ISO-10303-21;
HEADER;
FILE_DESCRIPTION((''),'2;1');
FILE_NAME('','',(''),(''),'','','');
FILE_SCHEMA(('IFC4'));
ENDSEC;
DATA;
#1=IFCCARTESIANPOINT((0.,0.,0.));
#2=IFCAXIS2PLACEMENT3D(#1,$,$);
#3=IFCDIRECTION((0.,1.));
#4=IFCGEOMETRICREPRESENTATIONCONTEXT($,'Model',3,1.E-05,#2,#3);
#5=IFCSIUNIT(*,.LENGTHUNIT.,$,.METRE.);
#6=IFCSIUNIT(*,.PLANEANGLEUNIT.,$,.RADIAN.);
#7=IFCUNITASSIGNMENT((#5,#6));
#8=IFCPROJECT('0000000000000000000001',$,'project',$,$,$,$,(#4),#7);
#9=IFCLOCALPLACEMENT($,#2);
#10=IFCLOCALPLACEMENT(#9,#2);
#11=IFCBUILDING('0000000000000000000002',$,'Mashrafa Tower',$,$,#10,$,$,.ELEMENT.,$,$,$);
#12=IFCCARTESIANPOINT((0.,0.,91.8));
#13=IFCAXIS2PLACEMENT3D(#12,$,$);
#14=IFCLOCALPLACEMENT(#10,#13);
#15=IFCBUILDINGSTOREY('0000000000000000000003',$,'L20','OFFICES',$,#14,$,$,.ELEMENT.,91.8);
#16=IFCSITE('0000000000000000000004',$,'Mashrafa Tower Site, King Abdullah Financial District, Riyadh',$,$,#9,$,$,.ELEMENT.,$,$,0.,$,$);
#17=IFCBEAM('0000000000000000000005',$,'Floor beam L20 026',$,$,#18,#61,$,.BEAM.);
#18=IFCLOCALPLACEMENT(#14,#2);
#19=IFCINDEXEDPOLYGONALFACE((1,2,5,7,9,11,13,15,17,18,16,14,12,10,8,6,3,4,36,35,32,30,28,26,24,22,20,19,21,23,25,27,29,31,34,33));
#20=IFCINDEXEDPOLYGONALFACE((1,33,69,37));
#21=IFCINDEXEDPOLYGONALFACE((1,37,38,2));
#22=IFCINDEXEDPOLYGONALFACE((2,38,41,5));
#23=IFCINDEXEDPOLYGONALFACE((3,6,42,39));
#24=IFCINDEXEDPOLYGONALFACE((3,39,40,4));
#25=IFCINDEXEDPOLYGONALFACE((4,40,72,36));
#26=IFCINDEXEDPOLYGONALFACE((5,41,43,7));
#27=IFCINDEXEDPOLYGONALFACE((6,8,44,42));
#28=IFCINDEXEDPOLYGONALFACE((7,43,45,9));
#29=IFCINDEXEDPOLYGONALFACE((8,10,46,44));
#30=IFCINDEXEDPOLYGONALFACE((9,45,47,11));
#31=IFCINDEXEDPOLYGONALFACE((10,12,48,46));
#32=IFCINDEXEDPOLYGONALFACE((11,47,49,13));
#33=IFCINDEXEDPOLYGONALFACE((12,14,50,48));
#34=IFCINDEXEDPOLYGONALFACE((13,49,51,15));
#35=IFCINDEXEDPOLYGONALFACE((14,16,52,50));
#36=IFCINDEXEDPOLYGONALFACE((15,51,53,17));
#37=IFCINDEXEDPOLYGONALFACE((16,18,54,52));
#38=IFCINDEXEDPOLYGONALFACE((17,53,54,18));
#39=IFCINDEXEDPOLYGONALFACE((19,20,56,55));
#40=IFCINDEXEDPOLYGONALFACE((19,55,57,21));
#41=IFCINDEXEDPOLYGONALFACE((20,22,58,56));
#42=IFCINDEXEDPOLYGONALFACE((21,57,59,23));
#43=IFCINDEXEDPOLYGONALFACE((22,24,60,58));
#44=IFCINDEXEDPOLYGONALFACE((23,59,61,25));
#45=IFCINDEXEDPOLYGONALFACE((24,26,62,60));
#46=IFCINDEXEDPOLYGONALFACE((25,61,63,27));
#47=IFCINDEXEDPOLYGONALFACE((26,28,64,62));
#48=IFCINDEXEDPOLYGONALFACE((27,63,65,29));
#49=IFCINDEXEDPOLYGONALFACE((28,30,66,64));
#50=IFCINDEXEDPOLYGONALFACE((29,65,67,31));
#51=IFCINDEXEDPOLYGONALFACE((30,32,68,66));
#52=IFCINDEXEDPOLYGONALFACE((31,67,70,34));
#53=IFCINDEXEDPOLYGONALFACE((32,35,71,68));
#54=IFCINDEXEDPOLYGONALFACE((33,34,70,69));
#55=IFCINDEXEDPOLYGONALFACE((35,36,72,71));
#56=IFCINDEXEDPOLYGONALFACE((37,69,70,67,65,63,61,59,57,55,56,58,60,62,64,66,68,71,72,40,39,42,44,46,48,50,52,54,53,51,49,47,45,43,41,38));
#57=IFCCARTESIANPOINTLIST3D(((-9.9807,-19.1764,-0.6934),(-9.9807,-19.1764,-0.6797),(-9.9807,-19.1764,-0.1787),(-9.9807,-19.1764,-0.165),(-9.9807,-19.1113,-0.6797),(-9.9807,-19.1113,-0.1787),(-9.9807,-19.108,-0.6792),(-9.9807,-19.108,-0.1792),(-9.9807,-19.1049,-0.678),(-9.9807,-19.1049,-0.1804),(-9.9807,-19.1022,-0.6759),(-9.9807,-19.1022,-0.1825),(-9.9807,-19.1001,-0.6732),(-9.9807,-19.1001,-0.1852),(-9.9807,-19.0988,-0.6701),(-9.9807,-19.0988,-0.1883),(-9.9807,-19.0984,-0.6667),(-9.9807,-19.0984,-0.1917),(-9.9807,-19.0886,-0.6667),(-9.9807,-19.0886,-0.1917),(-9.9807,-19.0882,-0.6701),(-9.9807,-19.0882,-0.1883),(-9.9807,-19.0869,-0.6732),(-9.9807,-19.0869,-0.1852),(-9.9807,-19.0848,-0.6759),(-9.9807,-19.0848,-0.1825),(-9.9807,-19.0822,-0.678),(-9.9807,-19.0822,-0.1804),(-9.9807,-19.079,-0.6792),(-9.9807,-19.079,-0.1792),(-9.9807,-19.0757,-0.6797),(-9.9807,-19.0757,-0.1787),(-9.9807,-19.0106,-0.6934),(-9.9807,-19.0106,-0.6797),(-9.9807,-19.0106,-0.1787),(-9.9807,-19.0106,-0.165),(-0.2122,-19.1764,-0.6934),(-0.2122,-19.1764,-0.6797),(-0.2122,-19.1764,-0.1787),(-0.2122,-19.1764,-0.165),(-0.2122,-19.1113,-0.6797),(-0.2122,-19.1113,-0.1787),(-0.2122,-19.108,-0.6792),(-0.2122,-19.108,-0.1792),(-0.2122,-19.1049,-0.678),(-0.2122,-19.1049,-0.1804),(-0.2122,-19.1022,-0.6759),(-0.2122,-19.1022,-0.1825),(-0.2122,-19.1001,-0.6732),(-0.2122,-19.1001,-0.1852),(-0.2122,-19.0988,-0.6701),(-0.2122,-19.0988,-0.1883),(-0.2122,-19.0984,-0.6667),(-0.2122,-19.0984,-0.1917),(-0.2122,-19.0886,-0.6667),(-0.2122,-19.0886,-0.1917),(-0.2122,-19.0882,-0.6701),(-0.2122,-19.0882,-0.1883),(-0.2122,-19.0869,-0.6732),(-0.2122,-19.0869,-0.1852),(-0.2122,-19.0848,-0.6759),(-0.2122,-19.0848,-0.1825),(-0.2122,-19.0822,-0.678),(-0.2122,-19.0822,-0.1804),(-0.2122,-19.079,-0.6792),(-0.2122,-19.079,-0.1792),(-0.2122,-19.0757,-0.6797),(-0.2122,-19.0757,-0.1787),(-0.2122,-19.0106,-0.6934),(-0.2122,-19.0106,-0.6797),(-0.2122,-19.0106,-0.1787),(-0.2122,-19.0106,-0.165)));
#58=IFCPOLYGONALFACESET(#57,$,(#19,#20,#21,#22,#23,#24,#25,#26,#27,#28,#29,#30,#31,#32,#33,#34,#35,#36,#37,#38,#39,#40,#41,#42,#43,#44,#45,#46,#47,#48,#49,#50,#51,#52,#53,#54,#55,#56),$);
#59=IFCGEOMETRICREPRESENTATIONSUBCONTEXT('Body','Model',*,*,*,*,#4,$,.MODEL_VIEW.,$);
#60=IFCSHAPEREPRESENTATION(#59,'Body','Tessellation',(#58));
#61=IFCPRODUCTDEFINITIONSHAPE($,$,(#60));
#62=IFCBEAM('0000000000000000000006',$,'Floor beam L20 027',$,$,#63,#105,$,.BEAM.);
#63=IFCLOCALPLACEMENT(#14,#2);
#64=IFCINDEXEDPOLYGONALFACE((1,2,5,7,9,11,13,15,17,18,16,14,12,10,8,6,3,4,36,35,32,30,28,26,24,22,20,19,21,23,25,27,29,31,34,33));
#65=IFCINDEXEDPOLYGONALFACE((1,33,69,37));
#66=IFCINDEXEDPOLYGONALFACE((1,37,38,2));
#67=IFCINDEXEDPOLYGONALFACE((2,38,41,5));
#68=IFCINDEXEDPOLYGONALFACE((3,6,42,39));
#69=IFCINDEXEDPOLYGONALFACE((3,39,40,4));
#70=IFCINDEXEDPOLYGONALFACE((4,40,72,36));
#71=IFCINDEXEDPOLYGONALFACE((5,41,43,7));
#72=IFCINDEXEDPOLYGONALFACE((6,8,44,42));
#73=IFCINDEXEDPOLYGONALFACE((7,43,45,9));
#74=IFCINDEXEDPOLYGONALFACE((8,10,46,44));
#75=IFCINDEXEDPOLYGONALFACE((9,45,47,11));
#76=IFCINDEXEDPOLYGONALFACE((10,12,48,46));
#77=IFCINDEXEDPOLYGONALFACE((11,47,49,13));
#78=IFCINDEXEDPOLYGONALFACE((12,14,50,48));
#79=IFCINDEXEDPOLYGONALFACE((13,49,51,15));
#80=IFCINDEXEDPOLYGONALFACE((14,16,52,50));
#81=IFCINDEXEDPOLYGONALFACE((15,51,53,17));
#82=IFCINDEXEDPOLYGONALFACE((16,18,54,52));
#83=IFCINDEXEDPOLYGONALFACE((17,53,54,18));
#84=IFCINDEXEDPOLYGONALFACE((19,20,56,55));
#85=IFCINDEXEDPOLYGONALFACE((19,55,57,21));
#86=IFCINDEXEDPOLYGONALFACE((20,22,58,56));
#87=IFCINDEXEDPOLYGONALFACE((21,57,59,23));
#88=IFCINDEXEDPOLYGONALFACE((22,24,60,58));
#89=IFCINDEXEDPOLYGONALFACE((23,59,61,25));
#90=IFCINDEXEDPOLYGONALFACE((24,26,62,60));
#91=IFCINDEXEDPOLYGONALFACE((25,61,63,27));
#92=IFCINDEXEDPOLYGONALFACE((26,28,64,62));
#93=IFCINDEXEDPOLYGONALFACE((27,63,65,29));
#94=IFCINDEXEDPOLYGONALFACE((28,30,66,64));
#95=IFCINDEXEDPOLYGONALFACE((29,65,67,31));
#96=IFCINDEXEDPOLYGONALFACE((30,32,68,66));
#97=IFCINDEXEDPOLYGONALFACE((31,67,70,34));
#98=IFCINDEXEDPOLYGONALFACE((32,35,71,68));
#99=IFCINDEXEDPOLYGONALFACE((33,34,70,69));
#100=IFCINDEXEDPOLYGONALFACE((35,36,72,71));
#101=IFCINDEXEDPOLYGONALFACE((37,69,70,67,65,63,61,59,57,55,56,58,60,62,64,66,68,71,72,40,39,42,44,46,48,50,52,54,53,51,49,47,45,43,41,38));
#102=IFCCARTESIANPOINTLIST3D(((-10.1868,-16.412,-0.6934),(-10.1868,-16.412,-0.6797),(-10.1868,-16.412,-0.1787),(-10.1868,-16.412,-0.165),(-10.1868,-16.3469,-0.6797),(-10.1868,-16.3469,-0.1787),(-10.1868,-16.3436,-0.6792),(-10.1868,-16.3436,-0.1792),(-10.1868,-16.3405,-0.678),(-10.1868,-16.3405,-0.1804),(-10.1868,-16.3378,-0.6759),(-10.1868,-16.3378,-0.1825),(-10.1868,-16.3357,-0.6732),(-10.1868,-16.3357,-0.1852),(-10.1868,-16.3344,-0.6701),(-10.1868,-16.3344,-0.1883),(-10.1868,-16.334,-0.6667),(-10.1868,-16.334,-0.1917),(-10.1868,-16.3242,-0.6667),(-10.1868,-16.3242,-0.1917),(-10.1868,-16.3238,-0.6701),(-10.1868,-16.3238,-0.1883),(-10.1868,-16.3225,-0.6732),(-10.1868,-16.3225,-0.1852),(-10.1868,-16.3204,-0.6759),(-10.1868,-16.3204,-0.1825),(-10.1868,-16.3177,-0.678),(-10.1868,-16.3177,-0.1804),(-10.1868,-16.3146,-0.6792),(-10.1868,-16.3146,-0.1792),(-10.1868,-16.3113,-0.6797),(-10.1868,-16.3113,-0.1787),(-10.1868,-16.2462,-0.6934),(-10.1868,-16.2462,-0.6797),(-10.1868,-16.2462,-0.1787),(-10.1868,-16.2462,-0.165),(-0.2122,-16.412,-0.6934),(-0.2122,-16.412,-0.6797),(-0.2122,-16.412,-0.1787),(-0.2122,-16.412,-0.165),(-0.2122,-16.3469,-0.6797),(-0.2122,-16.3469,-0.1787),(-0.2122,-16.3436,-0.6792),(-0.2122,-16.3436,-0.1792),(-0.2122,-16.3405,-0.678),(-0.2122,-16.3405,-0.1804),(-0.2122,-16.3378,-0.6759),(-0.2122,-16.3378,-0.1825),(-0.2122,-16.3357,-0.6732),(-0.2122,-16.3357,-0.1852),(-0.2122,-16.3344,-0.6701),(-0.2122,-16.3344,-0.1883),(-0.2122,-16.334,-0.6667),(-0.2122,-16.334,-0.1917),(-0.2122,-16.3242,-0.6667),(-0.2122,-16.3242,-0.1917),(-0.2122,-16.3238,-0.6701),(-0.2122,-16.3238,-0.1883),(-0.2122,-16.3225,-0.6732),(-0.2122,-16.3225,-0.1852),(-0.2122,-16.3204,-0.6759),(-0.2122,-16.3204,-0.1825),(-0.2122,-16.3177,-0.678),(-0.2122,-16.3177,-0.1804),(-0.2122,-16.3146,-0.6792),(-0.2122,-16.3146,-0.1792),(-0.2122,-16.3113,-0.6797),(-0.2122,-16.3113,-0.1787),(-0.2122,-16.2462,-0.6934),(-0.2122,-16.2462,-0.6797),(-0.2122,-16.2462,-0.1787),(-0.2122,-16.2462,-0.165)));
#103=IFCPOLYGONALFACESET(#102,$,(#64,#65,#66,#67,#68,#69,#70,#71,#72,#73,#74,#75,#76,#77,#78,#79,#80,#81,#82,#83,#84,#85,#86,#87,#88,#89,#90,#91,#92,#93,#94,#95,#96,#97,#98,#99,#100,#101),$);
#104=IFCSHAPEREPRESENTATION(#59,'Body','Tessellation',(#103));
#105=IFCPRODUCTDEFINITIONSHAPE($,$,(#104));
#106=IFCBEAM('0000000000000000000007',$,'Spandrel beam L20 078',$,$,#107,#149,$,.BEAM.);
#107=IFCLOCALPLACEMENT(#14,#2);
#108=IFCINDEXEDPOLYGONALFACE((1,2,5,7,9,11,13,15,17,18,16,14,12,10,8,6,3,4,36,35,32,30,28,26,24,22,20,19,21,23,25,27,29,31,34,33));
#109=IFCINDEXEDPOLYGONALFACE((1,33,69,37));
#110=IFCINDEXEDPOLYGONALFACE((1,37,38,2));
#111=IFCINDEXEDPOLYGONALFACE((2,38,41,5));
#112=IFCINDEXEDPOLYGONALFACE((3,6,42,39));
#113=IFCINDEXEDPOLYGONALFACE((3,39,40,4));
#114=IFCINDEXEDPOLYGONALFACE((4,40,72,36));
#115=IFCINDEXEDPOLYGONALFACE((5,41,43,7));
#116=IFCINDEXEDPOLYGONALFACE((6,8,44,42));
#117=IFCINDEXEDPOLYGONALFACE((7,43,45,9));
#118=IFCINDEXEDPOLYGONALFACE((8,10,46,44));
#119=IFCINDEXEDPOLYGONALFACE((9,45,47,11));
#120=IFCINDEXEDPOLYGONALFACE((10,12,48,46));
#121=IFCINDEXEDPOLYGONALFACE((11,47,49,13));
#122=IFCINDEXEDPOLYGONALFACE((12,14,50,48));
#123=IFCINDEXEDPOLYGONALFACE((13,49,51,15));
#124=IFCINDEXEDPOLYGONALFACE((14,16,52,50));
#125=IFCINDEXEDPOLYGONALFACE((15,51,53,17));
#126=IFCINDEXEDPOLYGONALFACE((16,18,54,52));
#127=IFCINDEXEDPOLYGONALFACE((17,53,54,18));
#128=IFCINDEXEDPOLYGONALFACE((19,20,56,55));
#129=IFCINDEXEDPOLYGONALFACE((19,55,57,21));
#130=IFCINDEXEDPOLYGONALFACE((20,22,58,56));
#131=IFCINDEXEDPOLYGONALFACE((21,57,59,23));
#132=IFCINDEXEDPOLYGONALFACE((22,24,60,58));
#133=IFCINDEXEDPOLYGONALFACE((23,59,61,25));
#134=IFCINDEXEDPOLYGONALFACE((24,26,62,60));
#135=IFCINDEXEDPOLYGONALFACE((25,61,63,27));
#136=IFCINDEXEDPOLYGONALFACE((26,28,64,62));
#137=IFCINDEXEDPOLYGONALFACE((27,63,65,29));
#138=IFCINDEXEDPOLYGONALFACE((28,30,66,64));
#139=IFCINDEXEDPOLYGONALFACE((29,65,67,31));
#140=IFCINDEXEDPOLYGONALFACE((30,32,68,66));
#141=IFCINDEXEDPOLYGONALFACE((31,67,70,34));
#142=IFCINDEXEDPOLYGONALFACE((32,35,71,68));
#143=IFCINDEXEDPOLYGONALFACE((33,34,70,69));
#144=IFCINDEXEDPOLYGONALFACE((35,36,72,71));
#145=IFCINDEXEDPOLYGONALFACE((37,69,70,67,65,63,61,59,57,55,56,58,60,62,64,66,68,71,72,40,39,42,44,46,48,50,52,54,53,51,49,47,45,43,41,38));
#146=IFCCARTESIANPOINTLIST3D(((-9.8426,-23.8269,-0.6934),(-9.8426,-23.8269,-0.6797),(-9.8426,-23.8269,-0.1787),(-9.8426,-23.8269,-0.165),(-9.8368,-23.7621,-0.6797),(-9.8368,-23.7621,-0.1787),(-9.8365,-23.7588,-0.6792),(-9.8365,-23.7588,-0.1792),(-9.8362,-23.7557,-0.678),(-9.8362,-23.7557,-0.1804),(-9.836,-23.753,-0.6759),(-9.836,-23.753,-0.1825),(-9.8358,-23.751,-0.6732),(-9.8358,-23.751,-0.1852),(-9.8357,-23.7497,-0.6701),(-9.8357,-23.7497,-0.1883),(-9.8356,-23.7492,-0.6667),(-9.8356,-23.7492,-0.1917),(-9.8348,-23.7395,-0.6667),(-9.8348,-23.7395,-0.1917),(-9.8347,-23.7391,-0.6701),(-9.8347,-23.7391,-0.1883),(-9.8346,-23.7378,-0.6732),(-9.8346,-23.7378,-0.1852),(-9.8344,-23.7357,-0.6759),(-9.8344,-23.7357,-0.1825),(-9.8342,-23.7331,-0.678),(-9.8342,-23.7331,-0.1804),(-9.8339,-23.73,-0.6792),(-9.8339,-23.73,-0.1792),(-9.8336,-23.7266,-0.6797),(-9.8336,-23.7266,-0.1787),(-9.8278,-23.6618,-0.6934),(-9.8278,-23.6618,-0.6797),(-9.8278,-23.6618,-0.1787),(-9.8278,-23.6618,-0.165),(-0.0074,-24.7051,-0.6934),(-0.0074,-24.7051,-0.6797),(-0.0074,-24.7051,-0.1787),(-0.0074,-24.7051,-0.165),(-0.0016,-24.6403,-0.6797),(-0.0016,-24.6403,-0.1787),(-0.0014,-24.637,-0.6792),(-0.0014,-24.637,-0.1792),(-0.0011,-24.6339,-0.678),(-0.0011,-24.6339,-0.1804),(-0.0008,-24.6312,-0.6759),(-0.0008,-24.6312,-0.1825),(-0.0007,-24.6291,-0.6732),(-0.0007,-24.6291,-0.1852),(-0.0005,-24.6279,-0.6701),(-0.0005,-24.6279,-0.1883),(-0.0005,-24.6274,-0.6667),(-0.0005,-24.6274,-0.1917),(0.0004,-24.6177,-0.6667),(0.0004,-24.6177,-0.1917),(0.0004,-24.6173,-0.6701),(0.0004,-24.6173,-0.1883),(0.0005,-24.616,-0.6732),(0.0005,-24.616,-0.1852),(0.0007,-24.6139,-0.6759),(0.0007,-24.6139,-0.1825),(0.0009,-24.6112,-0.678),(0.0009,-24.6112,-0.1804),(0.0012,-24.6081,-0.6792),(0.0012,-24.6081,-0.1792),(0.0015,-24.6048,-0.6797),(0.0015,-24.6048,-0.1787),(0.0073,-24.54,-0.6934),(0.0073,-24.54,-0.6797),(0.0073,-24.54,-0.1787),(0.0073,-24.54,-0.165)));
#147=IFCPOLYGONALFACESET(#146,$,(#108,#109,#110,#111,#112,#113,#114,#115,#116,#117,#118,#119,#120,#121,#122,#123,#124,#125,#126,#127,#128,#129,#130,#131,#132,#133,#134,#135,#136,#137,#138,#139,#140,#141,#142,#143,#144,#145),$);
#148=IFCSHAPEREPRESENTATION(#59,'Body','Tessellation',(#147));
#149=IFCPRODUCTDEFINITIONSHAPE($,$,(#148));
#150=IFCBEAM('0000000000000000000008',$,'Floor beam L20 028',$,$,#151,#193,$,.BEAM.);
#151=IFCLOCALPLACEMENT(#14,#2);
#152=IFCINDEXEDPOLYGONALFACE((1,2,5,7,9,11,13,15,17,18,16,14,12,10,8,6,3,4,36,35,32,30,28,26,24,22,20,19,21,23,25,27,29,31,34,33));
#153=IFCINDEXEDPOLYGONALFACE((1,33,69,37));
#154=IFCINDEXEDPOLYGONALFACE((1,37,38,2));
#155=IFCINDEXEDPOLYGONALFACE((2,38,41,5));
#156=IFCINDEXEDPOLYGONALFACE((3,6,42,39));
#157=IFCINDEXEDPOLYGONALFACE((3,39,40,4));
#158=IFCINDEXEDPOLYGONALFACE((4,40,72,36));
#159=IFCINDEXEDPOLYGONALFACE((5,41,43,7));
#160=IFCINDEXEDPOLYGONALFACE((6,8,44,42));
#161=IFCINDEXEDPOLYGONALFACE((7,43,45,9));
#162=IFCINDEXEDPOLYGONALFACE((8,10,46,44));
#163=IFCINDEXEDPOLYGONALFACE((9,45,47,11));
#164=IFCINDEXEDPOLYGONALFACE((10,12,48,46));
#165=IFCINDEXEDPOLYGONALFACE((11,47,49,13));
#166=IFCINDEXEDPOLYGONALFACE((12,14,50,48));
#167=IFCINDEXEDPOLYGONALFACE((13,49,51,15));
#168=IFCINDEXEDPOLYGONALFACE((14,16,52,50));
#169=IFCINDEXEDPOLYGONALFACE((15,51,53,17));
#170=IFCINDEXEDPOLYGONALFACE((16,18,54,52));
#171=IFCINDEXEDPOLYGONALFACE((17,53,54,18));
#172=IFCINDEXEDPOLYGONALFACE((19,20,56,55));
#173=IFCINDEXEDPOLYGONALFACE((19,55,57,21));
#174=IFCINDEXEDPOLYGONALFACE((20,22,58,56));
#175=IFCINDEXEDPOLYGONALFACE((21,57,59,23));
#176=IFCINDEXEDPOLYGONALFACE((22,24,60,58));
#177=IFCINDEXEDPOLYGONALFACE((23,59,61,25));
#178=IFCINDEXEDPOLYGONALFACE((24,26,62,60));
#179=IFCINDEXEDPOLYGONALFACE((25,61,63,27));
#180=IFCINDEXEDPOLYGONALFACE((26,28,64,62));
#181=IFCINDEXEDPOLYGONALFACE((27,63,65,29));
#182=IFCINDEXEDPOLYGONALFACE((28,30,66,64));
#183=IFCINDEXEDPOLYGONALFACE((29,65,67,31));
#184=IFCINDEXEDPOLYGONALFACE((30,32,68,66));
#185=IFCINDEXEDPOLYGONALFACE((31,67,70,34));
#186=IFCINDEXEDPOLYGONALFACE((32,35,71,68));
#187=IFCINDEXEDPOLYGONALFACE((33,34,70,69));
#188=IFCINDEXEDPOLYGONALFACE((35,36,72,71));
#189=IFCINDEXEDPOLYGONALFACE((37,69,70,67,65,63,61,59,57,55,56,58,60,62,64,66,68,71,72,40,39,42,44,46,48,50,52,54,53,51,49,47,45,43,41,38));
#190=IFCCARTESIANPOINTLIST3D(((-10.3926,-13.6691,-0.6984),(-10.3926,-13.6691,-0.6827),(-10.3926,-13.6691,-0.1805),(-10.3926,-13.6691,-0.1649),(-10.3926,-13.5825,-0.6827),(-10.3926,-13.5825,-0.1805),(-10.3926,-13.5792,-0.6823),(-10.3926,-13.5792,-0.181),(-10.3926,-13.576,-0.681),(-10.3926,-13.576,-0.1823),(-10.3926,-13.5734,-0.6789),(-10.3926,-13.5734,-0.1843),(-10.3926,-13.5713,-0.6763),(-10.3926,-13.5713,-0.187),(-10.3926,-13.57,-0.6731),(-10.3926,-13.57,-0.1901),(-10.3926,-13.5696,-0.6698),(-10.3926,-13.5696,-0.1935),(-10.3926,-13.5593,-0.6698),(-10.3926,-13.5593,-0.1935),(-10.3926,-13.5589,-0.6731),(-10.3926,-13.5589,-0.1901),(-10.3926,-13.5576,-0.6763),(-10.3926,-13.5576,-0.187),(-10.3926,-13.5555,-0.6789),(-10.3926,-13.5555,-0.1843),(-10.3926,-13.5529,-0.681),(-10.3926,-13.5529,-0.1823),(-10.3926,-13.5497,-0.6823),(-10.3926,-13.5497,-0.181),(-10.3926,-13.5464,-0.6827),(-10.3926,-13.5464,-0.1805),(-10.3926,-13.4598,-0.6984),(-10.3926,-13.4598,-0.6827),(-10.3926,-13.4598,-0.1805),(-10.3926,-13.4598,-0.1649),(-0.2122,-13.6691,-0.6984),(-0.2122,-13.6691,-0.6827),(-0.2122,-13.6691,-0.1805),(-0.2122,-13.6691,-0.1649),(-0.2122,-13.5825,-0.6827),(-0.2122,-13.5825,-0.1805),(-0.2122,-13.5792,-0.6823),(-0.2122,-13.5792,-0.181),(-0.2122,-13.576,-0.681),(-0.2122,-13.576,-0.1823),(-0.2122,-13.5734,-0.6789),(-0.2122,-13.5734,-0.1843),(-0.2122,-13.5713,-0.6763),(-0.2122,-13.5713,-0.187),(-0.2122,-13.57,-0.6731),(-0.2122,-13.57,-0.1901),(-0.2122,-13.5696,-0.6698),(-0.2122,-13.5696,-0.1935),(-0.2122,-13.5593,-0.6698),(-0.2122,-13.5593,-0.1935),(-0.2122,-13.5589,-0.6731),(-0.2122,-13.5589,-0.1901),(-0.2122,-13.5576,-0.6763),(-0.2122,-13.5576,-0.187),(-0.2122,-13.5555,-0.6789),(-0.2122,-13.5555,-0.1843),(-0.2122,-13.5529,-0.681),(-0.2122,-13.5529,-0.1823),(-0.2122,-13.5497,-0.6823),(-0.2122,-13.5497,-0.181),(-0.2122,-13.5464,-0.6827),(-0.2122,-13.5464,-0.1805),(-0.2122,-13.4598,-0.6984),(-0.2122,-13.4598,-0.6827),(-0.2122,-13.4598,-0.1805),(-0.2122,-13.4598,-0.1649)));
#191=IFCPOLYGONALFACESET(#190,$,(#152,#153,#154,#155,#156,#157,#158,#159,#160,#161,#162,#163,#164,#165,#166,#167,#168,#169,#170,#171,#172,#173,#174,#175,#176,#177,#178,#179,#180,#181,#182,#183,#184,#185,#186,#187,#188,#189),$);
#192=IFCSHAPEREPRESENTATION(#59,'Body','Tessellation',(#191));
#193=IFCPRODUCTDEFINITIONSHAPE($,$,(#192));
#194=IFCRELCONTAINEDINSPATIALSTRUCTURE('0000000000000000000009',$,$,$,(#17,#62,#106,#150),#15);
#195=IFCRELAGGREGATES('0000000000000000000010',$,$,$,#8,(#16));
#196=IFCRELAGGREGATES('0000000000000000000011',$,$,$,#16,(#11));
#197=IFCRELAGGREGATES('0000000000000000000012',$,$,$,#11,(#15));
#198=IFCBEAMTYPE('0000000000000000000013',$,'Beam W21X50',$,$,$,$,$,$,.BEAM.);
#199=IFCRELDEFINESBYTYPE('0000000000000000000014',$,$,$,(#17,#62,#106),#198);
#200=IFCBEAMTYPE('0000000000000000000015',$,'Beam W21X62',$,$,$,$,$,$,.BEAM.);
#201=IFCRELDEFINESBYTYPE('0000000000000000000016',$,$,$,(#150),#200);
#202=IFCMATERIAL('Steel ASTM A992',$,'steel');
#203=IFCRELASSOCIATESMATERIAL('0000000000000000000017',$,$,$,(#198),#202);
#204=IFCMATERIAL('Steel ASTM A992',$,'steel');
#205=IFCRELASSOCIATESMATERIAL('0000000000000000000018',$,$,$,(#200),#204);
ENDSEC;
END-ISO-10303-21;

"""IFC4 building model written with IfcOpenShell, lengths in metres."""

from ifc_helpers import new_model, si_unit, direction, frame, origin, origin_2d, place, context, subcontext, project, spatial, i_section, extrude, material, material_profile, profile_set, type_object, element, save


model = new_model("IFC4")

# Units and contexts
model_context = context("Model", 3, precision=1e-05, world=origin(), true_north=direction((0.0, 1.0)))
body_context = subcontext(model_context, "Body", "Model", "MODEL_VIEW")
ifc_project = project(units=[si_unit("LENGTHUNIT", "METRE"), si_unit("PLANEANGLEUNIT", "RADIAN")], contexts=[model_context])

# Site, building, storey
site_placement = place(None, origin())
site = spatial("IfcSite", under=ifc_project, at=site_placement, Name="Mashrafa Tower Site, King Abdullah Financial District, Riyadh", CompositionType="ELEMENT", RefElevation=0.0)
building_placement = place(site_placement, origin())
building = spatial("IfcBuilding", under=site, at=building_placement, Name="Mashrafa Tower", CompositionType="ELEMENT")
storey_placement = place(building_placement, frame((0.0, 0.0, 91.8)))
storey = spatial("IfcBuildingStorey", under=building, at=storey_placement, Name="L20", Description="OFFICES", CompositionType="ELEMENT", Elevation=91.8)

# Beams
ifc_material_1 = material(Name="Steel ASTM A992", Category="steel")
ifc_material_profile_1 = material_profile(ifc_material_1, i_section(OverallWidth=0.1658, OverallDepth=0.5283, WebThickness=0.0098, FlangeThickness=0.0137, FilletRadius=0.0129, at=origin_2d()), Name="W21X50")
ifc_profile_set_1 = profile_set([ifc_material_profile_1], Name="Steel ASTM A992")
beam_type_1 = type_object("IfcBeamType", Name="Beam W21X50", PredefinedType="BEAM", material=ifc_profile_set_1)
beam_1_placement = place(storey_placement, frame((-0.2122, -19.0935, -0.4292), z_axis=(-1.0, 0.0, 0.0), x_axis=(0.0, -1.0, 0.0)))
element("IfcBeam", 1, at=beam_1_placement, inside=storey, type_object=beam_type_1, Name="Floor beam L20 026", PredefinedType="BEAM", context=body_context, shape_type="SweptSolid", body=[
    extrude(i_section(OverallWidth=0.1658, OverallDepth=0.5283, WebThickness=0.0098, FlangeThickness=0.0137, FilletRadius=0.0129, at=origin_2d()), origin(), (0.0, 0.0, 1.0), 9.7686),
])
beam_2_placement = place(storey_placement, frame((-0.2122, -16.3291, -0.4292), z_axis=(-1.0, 0.0, 0.0), x_axis=(0.0, -1.0, 0.0)))
element("IfcBeam", 2, at=beam_2_placement, inside=storey, type_object=beam_type_1, Name="Floor beam L20 027", PredefinedType="BEAM", context=body_context, shape_type="SweptSolid", body=[
    extrude(i_section(OverallWidth=0.1658, OverallDepth=0.5283, WebThickness=0.0098, FlangeThickness=0.0137, FilletRadius=0.0129, at=origin_2d()), origin(), (0.0, 0.0, 1.0), 9.9746),
])
beam_3_placement = place(storey_placement, frame((-9.8352, -23.7444, -0.4292), z_axis=(0.996037, -0.088935, 0.0), x_axis=(0.088935, 0.996037, 0.0)))
element("IfcBeam", 3, at=beam_3_placement, inside=storey, type_object=beam_type_1, Name="Spandrel beam L20 078", PredefinedType="BEAM", context=body_context, shape_type="SweptSolid", body=[
    extrude(i_section(OverallWidth=0.1658, OverallDepth=0.5283, WebThickness=0.0098, FlangeThickness=0.0137, FilletRadius=0.0129, at=origin_2d()), origin(), (0.0, 0.0, 1.0), 9.8743),
])
ifc_material_2 = material(Name="Steel ASTM A992", Category="steel")
ifc_material_profile_2 = material_profile(ifc_material_2, i_section(OverallWidth=0.2092, OverallDepth=0.5334, WebThickness=0.0103, FlangeThickness=0.0156, FilletRadius=0.0129, at=origin_2d()), Name="W21X62")
ifc_profile_set_2 = profile_set([ifc_material_profile_2], Name="Steel ASTM A992")
beam_type_2 = type_object("IfcBeamType", Name="Beam W21X62", PredefinedType="BEAM", material=ifc_profile_set_2)
beam_4_placement = place(storey_placement, frame((-0.2122, -13.5645, -0.4316), z_axis=(-1.0, 0.0, 0.0), x_axis=(0.0, -1.0, 0.0)))
element("IfcBeam", 4, at=beam_4_placement, inside=storey, type_object=beam_type_2, Name="Floor beam L20 028", PredefinedType="BEAM", context=body_context, shape_type="SweptSolid", body=[
    extrude(i_section(OverallWidth=0.2092, OverallDepth=0.5334, WebThickness=0.0103, FlangeThickness=0.0156, FilletRadius=0.0129, at=origin_2d()), origin(), (0.0, 0.0, 1.0), 10.1804),
])

save(model, "model.ifc")
